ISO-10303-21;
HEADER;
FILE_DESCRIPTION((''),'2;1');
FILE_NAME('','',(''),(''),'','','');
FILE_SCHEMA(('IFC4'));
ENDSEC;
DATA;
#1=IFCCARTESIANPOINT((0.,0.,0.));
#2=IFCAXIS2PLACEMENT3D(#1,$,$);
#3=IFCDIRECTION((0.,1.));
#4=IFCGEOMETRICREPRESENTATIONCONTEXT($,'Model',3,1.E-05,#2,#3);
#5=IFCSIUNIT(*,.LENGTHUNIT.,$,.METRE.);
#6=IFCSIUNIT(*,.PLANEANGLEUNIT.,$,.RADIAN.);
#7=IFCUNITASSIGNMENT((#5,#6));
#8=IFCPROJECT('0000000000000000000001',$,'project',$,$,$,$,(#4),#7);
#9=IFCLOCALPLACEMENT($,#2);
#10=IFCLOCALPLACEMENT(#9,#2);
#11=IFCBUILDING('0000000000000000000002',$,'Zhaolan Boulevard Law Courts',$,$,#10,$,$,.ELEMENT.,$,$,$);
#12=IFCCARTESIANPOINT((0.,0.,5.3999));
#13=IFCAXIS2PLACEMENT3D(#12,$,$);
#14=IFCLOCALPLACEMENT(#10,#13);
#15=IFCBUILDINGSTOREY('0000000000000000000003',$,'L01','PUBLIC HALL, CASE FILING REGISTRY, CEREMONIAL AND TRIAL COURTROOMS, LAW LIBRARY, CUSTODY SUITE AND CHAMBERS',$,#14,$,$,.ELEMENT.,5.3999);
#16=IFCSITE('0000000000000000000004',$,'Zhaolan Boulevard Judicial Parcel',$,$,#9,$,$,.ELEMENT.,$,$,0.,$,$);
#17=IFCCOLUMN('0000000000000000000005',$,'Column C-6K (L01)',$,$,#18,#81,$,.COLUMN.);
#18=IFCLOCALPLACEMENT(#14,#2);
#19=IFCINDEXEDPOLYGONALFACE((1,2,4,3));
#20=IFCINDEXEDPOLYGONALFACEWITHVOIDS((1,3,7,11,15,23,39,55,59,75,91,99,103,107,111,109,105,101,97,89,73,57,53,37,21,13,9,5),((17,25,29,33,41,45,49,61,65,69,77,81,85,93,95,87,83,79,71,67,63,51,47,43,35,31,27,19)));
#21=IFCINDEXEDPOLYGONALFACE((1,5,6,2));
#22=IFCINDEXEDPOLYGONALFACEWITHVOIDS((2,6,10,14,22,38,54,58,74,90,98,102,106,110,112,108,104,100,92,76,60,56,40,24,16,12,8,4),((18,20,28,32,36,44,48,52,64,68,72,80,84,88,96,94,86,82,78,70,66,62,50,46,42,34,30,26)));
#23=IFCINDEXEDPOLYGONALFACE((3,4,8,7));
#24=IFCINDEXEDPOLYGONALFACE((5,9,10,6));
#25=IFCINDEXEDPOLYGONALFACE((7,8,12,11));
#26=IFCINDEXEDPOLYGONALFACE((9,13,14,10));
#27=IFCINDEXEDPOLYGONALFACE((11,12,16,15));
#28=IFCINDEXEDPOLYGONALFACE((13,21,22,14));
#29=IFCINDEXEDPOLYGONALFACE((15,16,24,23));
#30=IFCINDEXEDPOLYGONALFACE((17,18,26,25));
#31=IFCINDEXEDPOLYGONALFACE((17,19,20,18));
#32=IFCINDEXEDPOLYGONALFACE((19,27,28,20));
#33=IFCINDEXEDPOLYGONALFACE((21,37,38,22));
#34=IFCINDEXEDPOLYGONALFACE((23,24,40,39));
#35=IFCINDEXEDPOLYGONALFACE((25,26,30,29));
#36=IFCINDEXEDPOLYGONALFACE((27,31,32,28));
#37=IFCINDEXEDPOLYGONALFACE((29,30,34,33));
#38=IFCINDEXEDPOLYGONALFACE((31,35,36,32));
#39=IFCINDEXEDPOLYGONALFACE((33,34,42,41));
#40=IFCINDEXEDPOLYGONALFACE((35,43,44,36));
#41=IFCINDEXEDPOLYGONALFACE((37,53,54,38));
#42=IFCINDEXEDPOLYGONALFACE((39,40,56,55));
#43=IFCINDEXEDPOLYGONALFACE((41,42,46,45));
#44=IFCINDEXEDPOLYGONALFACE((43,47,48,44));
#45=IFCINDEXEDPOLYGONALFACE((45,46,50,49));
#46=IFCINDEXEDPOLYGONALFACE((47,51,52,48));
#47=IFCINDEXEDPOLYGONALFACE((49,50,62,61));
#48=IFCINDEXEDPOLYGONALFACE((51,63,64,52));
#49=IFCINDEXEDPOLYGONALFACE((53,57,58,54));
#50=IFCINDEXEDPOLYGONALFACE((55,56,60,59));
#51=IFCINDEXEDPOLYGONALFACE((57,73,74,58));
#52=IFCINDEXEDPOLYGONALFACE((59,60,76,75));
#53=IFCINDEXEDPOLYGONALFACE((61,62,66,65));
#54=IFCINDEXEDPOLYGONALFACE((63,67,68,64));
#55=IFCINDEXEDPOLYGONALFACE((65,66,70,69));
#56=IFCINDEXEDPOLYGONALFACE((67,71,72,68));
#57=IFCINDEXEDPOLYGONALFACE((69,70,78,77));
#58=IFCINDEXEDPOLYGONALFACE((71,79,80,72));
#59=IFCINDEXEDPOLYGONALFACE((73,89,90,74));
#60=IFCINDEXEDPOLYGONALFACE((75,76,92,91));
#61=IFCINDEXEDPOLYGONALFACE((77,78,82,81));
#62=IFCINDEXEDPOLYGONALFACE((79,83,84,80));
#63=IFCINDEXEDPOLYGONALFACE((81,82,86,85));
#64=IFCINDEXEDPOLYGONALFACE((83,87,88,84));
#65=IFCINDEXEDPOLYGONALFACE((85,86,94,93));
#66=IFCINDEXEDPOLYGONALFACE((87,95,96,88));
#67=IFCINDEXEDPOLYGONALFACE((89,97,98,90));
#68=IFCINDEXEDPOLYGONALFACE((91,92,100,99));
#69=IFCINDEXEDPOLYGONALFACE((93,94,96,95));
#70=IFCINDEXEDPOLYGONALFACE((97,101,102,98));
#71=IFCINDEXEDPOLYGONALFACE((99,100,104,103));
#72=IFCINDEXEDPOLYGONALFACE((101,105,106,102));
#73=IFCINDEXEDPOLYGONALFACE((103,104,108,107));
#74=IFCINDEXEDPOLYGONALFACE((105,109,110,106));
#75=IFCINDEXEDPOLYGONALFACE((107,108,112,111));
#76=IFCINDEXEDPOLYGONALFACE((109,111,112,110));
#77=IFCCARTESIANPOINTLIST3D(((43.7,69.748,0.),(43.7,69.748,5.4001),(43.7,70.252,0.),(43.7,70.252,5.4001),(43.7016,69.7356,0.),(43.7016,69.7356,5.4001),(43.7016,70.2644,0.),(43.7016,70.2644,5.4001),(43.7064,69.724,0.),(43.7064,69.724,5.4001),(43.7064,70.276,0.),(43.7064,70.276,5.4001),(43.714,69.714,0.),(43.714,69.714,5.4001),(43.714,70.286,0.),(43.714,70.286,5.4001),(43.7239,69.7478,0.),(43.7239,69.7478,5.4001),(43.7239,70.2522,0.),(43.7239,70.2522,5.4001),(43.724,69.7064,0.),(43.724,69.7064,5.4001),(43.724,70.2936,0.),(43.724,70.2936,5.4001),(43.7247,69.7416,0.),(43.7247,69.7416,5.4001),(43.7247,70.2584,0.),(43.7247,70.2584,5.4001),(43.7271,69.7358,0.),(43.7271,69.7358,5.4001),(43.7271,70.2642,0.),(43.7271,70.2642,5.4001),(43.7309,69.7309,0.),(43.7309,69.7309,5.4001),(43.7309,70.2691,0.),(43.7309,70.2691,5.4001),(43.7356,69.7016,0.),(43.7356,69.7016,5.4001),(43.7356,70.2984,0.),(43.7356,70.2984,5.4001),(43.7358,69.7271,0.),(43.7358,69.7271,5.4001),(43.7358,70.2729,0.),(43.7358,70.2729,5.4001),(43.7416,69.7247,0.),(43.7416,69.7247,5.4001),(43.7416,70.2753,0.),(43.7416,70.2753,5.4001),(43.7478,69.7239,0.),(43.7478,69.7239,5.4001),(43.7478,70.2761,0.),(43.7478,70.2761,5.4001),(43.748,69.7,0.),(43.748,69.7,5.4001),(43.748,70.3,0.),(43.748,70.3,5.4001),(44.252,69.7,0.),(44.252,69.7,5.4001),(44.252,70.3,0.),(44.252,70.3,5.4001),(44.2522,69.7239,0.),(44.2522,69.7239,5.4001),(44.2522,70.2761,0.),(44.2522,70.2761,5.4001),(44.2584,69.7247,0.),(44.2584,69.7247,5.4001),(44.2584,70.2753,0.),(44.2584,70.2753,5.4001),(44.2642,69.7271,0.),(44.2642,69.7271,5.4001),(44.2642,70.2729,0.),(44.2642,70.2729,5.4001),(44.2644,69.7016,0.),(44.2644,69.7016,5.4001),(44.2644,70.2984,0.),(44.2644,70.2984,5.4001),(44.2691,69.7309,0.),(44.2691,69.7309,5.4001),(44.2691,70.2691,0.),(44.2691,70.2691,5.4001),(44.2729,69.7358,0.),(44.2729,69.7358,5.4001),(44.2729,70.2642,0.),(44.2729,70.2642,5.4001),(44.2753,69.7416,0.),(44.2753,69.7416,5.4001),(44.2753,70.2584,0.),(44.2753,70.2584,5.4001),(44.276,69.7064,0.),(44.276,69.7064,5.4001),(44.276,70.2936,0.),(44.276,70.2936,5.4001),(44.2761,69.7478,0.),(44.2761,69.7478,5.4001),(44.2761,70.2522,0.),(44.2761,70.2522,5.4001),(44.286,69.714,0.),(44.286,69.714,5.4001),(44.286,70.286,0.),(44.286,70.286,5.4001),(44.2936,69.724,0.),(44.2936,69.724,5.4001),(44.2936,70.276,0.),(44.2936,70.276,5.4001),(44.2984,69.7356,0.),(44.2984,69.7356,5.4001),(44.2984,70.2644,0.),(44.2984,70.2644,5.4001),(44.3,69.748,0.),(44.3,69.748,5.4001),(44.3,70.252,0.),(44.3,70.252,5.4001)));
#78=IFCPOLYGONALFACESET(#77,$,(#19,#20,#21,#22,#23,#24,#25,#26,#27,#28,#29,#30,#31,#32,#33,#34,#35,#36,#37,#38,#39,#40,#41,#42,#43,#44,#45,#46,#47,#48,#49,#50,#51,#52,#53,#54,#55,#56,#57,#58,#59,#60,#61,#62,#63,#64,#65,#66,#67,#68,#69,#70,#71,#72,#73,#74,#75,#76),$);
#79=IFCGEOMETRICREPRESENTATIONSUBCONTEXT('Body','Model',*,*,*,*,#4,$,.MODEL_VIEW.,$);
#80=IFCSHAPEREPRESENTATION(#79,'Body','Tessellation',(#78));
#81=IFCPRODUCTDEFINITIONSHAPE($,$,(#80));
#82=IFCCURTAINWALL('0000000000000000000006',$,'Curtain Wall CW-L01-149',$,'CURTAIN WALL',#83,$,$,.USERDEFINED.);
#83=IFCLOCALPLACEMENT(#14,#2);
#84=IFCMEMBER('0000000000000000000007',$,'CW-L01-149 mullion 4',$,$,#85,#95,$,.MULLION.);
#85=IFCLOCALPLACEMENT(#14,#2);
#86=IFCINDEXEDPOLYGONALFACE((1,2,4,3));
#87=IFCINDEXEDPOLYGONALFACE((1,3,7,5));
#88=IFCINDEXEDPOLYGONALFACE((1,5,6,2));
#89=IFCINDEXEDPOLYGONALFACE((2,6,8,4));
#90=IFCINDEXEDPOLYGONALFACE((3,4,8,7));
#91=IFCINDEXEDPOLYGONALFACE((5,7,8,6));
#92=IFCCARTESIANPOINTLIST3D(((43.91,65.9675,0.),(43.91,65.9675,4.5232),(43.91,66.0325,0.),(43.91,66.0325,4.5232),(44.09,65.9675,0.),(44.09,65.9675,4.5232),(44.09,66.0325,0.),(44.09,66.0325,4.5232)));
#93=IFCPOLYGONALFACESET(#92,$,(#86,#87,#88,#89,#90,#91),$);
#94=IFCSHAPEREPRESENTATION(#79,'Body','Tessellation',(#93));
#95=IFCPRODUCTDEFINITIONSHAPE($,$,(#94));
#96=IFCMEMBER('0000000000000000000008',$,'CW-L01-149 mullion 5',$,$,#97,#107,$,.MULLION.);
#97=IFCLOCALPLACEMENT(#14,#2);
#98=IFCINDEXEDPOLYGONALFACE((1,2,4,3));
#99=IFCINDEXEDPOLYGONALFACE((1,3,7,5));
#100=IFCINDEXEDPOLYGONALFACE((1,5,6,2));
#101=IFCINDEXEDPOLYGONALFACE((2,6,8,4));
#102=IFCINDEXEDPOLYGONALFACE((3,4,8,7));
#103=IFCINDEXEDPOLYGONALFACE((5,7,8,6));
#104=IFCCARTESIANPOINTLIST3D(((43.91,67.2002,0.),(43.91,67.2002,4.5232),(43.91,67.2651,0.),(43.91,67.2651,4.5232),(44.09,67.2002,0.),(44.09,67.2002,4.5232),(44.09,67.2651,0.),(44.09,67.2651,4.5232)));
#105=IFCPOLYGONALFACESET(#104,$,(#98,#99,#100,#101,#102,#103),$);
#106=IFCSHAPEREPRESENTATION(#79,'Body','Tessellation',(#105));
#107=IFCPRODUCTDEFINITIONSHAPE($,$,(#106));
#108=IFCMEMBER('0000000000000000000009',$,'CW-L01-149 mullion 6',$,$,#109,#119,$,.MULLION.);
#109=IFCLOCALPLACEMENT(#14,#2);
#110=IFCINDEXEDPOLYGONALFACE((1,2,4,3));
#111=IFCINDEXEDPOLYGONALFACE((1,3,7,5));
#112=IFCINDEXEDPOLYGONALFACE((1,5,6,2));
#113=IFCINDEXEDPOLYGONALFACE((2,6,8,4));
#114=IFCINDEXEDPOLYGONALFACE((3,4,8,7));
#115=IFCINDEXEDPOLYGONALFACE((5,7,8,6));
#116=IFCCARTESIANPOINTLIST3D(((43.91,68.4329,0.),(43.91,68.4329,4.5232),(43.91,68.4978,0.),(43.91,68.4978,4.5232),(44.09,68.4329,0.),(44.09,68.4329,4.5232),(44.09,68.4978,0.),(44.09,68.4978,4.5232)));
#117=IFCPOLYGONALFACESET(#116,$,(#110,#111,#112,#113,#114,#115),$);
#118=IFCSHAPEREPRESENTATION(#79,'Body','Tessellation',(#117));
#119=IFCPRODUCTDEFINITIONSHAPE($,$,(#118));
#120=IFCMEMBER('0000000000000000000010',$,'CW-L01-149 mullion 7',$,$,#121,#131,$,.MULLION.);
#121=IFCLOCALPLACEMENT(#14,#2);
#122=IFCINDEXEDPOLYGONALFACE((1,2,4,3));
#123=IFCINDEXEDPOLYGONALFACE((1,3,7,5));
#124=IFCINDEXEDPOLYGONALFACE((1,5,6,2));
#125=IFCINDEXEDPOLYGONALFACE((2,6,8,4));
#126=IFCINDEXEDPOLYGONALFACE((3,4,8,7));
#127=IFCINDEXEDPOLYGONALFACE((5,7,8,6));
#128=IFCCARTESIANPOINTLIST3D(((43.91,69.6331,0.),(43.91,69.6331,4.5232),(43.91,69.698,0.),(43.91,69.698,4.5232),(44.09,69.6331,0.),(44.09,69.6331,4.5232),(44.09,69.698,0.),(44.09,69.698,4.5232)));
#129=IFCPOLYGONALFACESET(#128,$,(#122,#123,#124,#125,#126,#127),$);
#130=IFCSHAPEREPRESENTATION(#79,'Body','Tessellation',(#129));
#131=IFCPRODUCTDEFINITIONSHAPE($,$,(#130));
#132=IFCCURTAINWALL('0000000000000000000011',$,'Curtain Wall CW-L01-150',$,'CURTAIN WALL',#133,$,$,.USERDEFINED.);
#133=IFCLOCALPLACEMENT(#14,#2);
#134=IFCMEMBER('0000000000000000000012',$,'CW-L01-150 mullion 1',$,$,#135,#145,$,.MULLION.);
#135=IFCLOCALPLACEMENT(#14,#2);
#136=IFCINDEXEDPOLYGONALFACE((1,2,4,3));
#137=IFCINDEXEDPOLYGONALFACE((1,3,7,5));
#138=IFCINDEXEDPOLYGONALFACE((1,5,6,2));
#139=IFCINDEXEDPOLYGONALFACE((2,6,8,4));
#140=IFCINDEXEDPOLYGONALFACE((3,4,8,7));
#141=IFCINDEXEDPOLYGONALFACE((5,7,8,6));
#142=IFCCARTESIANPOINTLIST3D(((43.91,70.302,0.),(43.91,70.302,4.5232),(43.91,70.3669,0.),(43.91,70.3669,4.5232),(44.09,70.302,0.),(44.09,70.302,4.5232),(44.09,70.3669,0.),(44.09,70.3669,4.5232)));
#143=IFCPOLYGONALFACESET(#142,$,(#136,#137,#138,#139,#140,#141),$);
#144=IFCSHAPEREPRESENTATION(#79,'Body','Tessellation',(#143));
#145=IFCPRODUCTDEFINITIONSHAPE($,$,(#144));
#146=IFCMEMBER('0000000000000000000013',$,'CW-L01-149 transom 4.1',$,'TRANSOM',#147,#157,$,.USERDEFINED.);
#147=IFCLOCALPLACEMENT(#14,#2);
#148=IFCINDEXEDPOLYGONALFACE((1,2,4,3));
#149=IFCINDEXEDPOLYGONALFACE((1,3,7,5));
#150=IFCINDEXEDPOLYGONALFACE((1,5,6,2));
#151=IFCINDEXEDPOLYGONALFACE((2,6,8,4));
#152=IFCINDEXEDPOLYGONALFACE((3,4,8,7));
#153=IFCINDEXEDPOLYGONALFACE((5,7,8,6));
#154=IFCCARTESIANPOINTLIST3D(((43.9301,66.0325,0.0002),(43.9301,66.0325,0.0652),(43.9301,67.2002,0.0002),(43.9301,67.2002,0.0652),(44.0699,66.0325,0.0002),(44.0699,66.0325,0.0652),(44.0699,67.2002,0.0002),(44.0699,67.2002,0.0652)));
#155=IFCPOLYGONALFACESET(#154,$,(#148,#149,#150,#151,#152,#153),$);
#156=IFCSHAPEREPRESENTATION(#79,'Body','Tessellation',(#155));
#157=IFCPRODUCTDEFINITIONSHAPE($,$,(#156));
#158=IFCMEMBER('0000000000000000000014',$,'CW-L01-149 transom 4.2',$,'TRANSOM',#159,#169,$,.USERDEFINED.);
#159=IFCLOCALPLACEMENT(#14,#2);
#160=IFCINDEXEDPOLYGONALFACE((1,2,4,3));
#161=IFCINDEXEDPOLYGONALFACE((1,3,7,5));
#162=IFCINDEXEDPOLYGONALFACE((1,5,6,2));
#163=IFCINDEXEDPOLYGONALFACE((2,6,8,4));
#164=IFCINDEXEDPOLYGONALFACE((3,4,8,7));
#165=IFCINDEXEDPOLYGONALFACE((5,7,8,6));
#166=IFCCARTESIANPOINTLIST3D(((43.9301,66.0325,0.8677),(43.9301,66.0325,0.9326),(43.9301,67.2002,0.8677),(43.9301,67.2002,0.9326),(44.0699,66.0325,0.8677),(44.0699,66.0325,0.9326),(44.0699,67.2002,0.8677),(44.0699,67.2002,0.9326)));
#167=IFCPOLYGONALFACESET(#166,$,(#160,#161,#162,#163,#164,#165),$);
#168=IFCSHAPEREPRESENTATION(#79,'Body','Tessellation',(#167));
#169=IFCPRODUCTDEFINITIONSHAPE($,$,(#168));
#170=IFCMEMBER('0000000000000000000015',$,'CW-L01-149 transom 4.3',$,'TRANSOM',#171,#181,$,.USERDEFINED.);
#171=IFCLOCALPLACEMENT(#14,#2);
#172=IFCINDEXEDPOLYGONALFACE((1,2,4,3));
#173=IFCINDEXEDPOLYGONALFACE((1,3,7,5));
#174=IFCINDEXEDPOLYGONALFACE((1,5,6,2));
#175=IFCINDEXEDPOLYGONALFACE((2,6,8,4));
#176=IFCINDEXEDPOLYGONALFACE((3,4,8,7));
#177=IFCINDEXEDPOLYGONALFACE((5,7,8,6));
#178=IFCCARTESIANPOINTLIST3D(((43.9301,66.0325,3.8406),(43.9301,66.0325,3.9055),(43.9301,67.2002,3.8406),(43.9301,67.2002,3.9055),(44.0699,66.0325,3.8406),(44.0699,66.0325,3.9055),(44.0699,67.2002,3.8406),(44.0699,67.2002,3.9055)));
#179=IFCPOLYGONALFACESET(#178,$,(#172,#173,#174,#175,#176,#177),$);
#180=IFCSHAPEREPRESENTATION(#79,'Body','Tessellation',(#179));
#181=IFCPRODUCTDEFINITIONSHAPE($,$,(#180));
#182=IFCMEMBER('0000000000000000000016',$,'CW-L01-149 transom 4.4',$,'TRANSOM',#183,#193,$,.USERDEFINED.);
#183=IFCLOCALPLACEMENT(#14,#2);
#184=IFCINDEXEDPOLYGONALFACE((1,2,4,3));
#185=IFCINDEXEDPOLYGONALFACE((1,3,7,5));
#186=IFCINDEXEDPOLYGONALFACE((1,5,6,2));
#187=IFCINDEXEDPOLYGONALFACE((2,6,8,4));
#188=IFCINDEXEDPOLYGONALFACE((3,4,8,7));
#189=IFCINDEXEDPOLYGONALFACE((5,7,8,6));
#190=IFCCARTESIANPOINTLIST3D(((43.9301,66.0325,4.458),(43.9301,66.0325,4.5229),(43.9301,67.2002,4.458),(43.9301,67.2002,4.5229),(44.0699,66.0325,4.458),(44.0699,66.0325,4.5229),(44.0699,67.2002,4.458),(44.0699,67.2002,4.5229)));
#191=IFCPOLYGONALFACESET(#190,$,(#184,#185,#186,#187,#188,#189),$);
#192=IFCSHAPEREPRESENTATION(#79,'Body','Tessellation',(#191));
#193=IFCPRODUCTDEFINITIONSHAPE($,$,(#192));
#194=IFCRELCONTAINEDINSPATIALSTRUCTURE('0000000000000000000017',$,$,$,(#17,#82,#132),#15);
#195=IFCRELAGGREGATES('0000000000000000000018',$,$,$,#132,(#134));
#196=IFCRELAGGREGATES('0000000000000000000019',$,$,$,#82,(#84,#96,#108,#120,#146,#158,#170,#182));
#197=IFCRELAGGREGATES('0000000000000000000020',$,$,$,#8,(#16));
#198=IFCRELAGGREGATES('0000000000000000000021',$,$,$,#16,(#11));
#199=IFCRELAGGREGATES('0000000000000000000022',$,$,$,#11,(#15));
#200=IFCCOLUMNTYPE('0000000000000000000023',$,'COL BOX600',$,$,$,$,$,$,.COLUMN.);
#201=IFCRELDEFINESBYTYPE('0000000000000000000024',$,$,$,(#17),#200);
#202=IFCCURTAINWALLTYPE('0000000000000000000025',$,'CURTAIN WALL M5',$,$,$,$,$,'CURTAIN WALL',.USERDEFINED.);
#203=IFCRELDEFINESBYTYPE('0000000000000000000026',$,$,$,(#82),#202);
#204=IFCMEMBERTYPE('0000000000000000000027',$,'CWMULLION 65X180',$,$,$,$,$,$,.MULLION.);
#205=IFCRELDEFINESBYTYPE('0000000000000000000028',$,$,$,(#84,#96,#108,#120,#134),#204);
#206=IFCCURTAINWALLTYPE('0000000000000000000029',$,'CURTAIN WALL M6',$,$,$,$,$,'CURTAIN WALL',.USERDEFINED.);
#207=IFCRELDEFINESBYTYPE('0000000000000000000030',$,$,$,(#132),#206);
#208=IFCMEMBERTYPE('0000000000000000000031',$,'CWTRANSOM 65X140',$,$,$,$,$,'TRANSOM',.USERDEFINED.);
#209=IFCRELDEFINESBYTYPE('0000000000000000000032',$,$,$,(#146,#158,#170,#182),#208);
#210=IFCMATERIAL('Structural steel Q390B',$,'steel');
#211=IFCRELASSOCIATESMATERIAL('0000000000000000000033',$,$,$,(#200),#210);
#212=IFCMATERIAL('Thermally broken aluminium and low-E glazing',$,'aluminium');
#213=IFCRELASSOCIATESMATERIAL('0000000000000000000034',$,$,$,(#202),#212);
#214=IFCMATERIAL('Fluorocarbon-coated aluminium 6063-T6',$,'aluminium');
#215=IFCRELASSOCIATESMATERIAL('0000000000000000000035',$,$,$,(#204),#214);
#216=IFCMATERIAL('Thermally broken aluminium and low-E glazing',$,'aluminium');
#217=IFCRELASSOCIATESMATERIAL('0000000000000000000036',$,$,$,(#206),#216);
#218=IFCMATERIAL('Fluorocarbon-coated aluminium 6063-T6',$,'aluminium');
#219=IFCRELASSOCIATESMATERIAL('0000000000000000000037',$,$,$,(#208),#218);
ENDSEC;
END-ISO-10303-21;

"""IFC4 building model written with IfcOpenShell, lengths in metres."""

from ifc_helpers import new_model, si_unit, direction, frame, origin, origin_2d, place, context, subcontext, project, spatial, rectangle, hollow_rectangle, extrude, material, material_profile, profile_set, type_object, element, aggregate, save


model = new_model("IFC4")

# Units and contexts
model_context = context("Model", 3, precision=1e-05, world=origin(), true_north=direction((0.0, 1.0)))
body_context = subcontext(model_context, "Body", "Model", "MODEL_VIEW")
ifc_project = project(units=[si_unit("LENGTHUNIT", "METRE"), si_unit("PLANEANGLEUNIT", "RADIAN")], contexts=[model_context])

# Site, building, storey
site_placement = place(None, origin())
site = spatial("IfcSite", under=ifc_project, at=site_placement, Name="Zhaolan Boulevard Judicial Parcel", CompositionType="ELEMENT", RefElevation=0.0)
building_placement = place(site_placement, origin())
building = spatial("IfcBuilding", under=site, at=building_placement, Name="Zhaolan Boulevard Law Courts", CompositionType="ELEMENT")
storey_placement = place(building_placement, frame((0.0, 0.0, 5.3999)))
storey = spatial("IfcBuildingStorey", under=building, at=storey_placement, Name="L01", Description="PUBLIC HALL, CASE FILING REGISTRY, CEREMONIAL AND TRIAL COURTROOMS, LAW LIBRARY, CUSTODY SUITE AND CHAMBERS", CompositionType="ELEMENT", Elevation=5.3999)

# Column
ifc_material_1 = material(Name="Structural steel Q390B", Category="steel")
ifc_material_profile_1 = material_profile(ifc_material_1, hollow_rectangle(XDim=0.6001, YDim=0.6001, WallThickness=0.0239, InnerFilletRadius=0.0239, OuterFilletRadius=0.0481, at=origin_2d()), Name="BOX600x600x24")
ifc_profile_set_1 = profile_set([ifc_material_profile_1], Name="Structural steel Q390B")
column_type = type_object("IfcColumnType", Name="COL BOX600", PredefinedType="COLUMN", material=ifc_profile_set_1)
column_placement = place(storey_placement, frame((44.0, 70.0, 0.0), z_axis=(0.0, 0.0, 1.0), x_axis=(1.0, 0.0, 0.0)))
element("IfcColumn", 1, at=column_placement, inside=storey, type_object=column_type, Name="Column C-6K (L01)", PredefinedType="COLUMN", context=body_context, shape_type="SweptSolid", body=[
    extrude(hollow_rectangle(XDim=0.6001, YDim=0.6001, WallThickness=0.0239, InnerFilletRadius=0.0239, OuterFilletRadius=0.0481, at=origin_2d()), origin(), (0.0, 0.0, 1.0), 5.4001),
])

# Curtain wall, members
ifc_material_2 = material(Name="Thermally broken aluminium and low-E glazing", Category="aluminium")
curtain_wall_type_1 = type_object("IfcCurtainWallType", Name="CURTAIN WALL M5", ElementType="CURTAIN WALL", PredefinedType="USERDEFINED", material=ifc_material_2)
curtain_wall_1_placement = place(storey_placement, origin())
curtain_wall_1 = element("IfcCurtainWall", 2, at=curtain_wall_1_placement, inside=storey, type_object=curtain_wall_type_1, Name="Curtain Wall CW-L01-149", ObjectType="CURTAIN WALL", PredefinedType="USERDEFINED")
ifc_material_3 = material(Name="Fluorocarbon-coated aluminium 6063-T6", Category="aluminium")
ifc_material_profile_2 = material_profile(ifc_material_3, rectangle(XDim=0.1799, YDim=0.0649, at=origin_2d()), Name="AL65x180")
ifc_profile_set_2 = profile_set([ifc_material_profile_2], Name="Fluorocarbon-coated aluminium 6063-T6")
member_type_1 = type_object("IfcMemberType", Name="CWMULLION 65X180", PredefinedType="MULLION", material=ifc_profile_set_2)
member_1_placement = place(storey_placement, frame((44.0, 66.0, 0.0), z_axis=(0.0, 0.0, 1.0), x_axis=(-1.0, 0.0, 0.0)))
member_1 = element("IfcMember", 3, at=member_1_placement, type_object=member_type_1, Name="CW-L01-149 mullion 4", PredefinedType="MULLION", context=body_context, shape_type="SweptSolid", body=[
    extrude(rectangle(XDim=0.1799, YDim=0.0649, at=origin_2d()), origin(), (0.0, 0.0, 1.0), 4.5232),
])
member_2_placement = place(storey_placement, frame((44.0, 67.2327, 0.0), z_axis=(0.0, 0.0, 1.0), x_axis=(-1.0, 0.0, 0.0)))
member_2 = element("IfcMember", 4, at=member_2_placement, type_object=member_type_1, Name="CW-L01-149 mullion 5", PredefinedType="MULLION", context=body_context, shape_type="SweptSolid", body=[
    extrude(rectangle(XDim=0.1799, YDim=0.0649, at=origin_2d()), origin(), (0.0, 0.0, 1.0), 4.5232),
])
member_3_placement = place(storey_placement, frame((44.0, 68.4653, 0.0), z_axis=(0.0, 0.0, 1.0), x_axis=(-1.0, 0.0, 0.0)))
member_3 = element("IfcMember", 5, at=member_3_placement, type_object=member_type_1, Name="CW-L01-149 mullion 6", PredefinedType="MULLION", context=body_context, shape_type="SweptSolid", body=[
    extrude(rectangle(XDim=0.1799, YDim=0.0649, at=origin_2d()), origin(), (0.0, 0.0, 1.0), 4.5232),
])
member_4_placement = place(storey_placement, frame((44.0, 69.6655, 0.0), z_axis=(0.0, 0.0, 1.0), x_axis=(-1.0, 0.0, 0.0)))
member_4 = element("IfcMember", 6, at=member_4_placement, type_object=member_type_1, Name="CW-L01-149 mullion 7", PredefinedType="MULLION", context=body_context, shape_type="SweptSolid", body=[
    extrude(rectangle(XDim=0.1799, YDim=0.0649, at=origin_2d()), origin(), (0.0, 0.0, 1.0), 4.5232),
])

# Curtain wall, member
ifc_material_4 = material(Name="Thermally broken aluminium and low-E glazing", Category="aluminium")
curtain_wall_type_2 = type_object("IfcCurtainWallType", Name="CURTAIN WALL M6", ElementType="CURTAIN WALL", PredefinedType="USERDEFINED", material=ifc_material_4)
curtain_wall_2_placement = place(storey_placement, origin())
curtain_wall_2 = element("IfcCurtainWall", 7, at=curtain_wall_2_placement, inside=storey, type_object=curtain_wall_type_2, Name="Curtain Wall CW-L01-150", ObjectType="CURTAIN WALL", PredefinedType="USERDEFINED")
member_5_placement = place(storey_placement, frame((44.0, 70.3345, 0.0), z_axis=(0.0, 0.0, 1.0), x_axis=(-1.0, 0.0, 0.0)))
member_5 = element("IfcMember", 8, at=member_5_placement, type_object=member_type_1, Name="CW-L01-150 mullion 1", PredefinedType="MULLION", context=body_context, shape_type="SweptSolid", body=[
    extrude(rectangle(XDim=0.1799, YDim=0.0649, at=origin_2d()), origin(), (0.0, 0.0, 1.0), 4.5232),
])
aggregate(curtain_wall_2, [member_5])

# Members
ifc_material_5 = material(Name="Fluorocarbon-coated aluminium 6063-T6", Category="aluminium")
ifc_material_profile_3 = material_profile(ifc_material_5, rectangle(XDim=0.1399, YDim=0.0649, at=origin_2d()), Name="AL65x140")
ifc_profile_set_3 = profile_set([ifc_material_profile_3], Name="Fluorocarbon-coated aluminium 6063-T6")
member_type_2 = type_object("IfcMemberType", Name="CWTRANSOM 65X140", ElementType="TRANSOM", PredefinedType="USERDEFINED", material=ifc_profile_set_3)
member_6_placement = place(storey_placement, frame((44.0, 66.0325, 0.0327), z_axis=(0.0, 1.0, 0.0), x_axis=(-1.0, 0.0, 0.0)))
member_6 = element("IfcMember", 9, at=member_6_placement, type_object=member_type_2, Name="CW-L01-149 transom 4.1", ObjectType="TRANSOM", PredefinedType="USERDEFINED", context=body_context, shape_type="SweptSolid", body=[
    extrude(rectangle(XDim=0.1399, YDim=0.0649, at=origin_2d()), origin(), (0.0, 0.0, 1.0), 1.1677),
])
member_7_placement = place(storey_placement, frame((44.0, 66.0325, 0.9001), z_axis=(0.0, 1.0, 0.0), x_axis=(-1.0, 0.0, 0.0)))
member_7 = element("IfcMember", 10, at=member_7_placement, type_object=member_type_2, Name="CW-L01-149 transom 4.2", ObjectType="TRANSOM", PredefinedType="USERDEFINED", context=body_context, shape_type="SweptSolid", body=[
    extrude(rectangle(XDim=0.1399, YDim=0.0649, at=origin_2d()), origin(), (0.0, 0.0, 1.0), 1.1677),
])
member_8_placement = place(storey_placement, frame((44.0, 66.0325, 3.873), z_axis=(0.0, 1.0, 0.0), x_axis=(-1.0, 0.0, 0.0)))
member_8 = element("IfcMember", 11, at=member_8_placement, type_object=member_type_2, Name="CW-L01-149 transom 4.3", ObjectType="TRANSOM", PredefinedType="USERDEFINED", context=body_context, shape_type="SweptSolid", body=[
    extrude(rectangle(XDim=0.1399, YDim=0.0649, at=origin_2d()), origin(), (0.0, 0.0, 1.0), 1.1677),
])
member_9_placement = place(storey_placement, frame((44.0, 66.0325, 4.4905), z_axis=(0.0, 1.0, 0.0), x_axis=(-1.0, 0.0, 0.0)))
member_9 = element("IfcMember", 12, at=member_9_placement, type_object=member_type_2, Name="CW-L01-149 transom 4.4", ObjectType="TRANSOM", PredefinedType="USERDEFINED", context=body_context, shape_type="SweptSolid", body=[
    extrude(rectangle(XDim=0.1399, YDim=0.0649, at=origin_2d()), origin(), (0.0, 0.0, 1.0), 1.1677),
])

aggregate(curtain_wall_1, [member_1, member_2, member_3, member_4, member_6, member_7, member_8, member_9])

save(model, "model.ifc")
